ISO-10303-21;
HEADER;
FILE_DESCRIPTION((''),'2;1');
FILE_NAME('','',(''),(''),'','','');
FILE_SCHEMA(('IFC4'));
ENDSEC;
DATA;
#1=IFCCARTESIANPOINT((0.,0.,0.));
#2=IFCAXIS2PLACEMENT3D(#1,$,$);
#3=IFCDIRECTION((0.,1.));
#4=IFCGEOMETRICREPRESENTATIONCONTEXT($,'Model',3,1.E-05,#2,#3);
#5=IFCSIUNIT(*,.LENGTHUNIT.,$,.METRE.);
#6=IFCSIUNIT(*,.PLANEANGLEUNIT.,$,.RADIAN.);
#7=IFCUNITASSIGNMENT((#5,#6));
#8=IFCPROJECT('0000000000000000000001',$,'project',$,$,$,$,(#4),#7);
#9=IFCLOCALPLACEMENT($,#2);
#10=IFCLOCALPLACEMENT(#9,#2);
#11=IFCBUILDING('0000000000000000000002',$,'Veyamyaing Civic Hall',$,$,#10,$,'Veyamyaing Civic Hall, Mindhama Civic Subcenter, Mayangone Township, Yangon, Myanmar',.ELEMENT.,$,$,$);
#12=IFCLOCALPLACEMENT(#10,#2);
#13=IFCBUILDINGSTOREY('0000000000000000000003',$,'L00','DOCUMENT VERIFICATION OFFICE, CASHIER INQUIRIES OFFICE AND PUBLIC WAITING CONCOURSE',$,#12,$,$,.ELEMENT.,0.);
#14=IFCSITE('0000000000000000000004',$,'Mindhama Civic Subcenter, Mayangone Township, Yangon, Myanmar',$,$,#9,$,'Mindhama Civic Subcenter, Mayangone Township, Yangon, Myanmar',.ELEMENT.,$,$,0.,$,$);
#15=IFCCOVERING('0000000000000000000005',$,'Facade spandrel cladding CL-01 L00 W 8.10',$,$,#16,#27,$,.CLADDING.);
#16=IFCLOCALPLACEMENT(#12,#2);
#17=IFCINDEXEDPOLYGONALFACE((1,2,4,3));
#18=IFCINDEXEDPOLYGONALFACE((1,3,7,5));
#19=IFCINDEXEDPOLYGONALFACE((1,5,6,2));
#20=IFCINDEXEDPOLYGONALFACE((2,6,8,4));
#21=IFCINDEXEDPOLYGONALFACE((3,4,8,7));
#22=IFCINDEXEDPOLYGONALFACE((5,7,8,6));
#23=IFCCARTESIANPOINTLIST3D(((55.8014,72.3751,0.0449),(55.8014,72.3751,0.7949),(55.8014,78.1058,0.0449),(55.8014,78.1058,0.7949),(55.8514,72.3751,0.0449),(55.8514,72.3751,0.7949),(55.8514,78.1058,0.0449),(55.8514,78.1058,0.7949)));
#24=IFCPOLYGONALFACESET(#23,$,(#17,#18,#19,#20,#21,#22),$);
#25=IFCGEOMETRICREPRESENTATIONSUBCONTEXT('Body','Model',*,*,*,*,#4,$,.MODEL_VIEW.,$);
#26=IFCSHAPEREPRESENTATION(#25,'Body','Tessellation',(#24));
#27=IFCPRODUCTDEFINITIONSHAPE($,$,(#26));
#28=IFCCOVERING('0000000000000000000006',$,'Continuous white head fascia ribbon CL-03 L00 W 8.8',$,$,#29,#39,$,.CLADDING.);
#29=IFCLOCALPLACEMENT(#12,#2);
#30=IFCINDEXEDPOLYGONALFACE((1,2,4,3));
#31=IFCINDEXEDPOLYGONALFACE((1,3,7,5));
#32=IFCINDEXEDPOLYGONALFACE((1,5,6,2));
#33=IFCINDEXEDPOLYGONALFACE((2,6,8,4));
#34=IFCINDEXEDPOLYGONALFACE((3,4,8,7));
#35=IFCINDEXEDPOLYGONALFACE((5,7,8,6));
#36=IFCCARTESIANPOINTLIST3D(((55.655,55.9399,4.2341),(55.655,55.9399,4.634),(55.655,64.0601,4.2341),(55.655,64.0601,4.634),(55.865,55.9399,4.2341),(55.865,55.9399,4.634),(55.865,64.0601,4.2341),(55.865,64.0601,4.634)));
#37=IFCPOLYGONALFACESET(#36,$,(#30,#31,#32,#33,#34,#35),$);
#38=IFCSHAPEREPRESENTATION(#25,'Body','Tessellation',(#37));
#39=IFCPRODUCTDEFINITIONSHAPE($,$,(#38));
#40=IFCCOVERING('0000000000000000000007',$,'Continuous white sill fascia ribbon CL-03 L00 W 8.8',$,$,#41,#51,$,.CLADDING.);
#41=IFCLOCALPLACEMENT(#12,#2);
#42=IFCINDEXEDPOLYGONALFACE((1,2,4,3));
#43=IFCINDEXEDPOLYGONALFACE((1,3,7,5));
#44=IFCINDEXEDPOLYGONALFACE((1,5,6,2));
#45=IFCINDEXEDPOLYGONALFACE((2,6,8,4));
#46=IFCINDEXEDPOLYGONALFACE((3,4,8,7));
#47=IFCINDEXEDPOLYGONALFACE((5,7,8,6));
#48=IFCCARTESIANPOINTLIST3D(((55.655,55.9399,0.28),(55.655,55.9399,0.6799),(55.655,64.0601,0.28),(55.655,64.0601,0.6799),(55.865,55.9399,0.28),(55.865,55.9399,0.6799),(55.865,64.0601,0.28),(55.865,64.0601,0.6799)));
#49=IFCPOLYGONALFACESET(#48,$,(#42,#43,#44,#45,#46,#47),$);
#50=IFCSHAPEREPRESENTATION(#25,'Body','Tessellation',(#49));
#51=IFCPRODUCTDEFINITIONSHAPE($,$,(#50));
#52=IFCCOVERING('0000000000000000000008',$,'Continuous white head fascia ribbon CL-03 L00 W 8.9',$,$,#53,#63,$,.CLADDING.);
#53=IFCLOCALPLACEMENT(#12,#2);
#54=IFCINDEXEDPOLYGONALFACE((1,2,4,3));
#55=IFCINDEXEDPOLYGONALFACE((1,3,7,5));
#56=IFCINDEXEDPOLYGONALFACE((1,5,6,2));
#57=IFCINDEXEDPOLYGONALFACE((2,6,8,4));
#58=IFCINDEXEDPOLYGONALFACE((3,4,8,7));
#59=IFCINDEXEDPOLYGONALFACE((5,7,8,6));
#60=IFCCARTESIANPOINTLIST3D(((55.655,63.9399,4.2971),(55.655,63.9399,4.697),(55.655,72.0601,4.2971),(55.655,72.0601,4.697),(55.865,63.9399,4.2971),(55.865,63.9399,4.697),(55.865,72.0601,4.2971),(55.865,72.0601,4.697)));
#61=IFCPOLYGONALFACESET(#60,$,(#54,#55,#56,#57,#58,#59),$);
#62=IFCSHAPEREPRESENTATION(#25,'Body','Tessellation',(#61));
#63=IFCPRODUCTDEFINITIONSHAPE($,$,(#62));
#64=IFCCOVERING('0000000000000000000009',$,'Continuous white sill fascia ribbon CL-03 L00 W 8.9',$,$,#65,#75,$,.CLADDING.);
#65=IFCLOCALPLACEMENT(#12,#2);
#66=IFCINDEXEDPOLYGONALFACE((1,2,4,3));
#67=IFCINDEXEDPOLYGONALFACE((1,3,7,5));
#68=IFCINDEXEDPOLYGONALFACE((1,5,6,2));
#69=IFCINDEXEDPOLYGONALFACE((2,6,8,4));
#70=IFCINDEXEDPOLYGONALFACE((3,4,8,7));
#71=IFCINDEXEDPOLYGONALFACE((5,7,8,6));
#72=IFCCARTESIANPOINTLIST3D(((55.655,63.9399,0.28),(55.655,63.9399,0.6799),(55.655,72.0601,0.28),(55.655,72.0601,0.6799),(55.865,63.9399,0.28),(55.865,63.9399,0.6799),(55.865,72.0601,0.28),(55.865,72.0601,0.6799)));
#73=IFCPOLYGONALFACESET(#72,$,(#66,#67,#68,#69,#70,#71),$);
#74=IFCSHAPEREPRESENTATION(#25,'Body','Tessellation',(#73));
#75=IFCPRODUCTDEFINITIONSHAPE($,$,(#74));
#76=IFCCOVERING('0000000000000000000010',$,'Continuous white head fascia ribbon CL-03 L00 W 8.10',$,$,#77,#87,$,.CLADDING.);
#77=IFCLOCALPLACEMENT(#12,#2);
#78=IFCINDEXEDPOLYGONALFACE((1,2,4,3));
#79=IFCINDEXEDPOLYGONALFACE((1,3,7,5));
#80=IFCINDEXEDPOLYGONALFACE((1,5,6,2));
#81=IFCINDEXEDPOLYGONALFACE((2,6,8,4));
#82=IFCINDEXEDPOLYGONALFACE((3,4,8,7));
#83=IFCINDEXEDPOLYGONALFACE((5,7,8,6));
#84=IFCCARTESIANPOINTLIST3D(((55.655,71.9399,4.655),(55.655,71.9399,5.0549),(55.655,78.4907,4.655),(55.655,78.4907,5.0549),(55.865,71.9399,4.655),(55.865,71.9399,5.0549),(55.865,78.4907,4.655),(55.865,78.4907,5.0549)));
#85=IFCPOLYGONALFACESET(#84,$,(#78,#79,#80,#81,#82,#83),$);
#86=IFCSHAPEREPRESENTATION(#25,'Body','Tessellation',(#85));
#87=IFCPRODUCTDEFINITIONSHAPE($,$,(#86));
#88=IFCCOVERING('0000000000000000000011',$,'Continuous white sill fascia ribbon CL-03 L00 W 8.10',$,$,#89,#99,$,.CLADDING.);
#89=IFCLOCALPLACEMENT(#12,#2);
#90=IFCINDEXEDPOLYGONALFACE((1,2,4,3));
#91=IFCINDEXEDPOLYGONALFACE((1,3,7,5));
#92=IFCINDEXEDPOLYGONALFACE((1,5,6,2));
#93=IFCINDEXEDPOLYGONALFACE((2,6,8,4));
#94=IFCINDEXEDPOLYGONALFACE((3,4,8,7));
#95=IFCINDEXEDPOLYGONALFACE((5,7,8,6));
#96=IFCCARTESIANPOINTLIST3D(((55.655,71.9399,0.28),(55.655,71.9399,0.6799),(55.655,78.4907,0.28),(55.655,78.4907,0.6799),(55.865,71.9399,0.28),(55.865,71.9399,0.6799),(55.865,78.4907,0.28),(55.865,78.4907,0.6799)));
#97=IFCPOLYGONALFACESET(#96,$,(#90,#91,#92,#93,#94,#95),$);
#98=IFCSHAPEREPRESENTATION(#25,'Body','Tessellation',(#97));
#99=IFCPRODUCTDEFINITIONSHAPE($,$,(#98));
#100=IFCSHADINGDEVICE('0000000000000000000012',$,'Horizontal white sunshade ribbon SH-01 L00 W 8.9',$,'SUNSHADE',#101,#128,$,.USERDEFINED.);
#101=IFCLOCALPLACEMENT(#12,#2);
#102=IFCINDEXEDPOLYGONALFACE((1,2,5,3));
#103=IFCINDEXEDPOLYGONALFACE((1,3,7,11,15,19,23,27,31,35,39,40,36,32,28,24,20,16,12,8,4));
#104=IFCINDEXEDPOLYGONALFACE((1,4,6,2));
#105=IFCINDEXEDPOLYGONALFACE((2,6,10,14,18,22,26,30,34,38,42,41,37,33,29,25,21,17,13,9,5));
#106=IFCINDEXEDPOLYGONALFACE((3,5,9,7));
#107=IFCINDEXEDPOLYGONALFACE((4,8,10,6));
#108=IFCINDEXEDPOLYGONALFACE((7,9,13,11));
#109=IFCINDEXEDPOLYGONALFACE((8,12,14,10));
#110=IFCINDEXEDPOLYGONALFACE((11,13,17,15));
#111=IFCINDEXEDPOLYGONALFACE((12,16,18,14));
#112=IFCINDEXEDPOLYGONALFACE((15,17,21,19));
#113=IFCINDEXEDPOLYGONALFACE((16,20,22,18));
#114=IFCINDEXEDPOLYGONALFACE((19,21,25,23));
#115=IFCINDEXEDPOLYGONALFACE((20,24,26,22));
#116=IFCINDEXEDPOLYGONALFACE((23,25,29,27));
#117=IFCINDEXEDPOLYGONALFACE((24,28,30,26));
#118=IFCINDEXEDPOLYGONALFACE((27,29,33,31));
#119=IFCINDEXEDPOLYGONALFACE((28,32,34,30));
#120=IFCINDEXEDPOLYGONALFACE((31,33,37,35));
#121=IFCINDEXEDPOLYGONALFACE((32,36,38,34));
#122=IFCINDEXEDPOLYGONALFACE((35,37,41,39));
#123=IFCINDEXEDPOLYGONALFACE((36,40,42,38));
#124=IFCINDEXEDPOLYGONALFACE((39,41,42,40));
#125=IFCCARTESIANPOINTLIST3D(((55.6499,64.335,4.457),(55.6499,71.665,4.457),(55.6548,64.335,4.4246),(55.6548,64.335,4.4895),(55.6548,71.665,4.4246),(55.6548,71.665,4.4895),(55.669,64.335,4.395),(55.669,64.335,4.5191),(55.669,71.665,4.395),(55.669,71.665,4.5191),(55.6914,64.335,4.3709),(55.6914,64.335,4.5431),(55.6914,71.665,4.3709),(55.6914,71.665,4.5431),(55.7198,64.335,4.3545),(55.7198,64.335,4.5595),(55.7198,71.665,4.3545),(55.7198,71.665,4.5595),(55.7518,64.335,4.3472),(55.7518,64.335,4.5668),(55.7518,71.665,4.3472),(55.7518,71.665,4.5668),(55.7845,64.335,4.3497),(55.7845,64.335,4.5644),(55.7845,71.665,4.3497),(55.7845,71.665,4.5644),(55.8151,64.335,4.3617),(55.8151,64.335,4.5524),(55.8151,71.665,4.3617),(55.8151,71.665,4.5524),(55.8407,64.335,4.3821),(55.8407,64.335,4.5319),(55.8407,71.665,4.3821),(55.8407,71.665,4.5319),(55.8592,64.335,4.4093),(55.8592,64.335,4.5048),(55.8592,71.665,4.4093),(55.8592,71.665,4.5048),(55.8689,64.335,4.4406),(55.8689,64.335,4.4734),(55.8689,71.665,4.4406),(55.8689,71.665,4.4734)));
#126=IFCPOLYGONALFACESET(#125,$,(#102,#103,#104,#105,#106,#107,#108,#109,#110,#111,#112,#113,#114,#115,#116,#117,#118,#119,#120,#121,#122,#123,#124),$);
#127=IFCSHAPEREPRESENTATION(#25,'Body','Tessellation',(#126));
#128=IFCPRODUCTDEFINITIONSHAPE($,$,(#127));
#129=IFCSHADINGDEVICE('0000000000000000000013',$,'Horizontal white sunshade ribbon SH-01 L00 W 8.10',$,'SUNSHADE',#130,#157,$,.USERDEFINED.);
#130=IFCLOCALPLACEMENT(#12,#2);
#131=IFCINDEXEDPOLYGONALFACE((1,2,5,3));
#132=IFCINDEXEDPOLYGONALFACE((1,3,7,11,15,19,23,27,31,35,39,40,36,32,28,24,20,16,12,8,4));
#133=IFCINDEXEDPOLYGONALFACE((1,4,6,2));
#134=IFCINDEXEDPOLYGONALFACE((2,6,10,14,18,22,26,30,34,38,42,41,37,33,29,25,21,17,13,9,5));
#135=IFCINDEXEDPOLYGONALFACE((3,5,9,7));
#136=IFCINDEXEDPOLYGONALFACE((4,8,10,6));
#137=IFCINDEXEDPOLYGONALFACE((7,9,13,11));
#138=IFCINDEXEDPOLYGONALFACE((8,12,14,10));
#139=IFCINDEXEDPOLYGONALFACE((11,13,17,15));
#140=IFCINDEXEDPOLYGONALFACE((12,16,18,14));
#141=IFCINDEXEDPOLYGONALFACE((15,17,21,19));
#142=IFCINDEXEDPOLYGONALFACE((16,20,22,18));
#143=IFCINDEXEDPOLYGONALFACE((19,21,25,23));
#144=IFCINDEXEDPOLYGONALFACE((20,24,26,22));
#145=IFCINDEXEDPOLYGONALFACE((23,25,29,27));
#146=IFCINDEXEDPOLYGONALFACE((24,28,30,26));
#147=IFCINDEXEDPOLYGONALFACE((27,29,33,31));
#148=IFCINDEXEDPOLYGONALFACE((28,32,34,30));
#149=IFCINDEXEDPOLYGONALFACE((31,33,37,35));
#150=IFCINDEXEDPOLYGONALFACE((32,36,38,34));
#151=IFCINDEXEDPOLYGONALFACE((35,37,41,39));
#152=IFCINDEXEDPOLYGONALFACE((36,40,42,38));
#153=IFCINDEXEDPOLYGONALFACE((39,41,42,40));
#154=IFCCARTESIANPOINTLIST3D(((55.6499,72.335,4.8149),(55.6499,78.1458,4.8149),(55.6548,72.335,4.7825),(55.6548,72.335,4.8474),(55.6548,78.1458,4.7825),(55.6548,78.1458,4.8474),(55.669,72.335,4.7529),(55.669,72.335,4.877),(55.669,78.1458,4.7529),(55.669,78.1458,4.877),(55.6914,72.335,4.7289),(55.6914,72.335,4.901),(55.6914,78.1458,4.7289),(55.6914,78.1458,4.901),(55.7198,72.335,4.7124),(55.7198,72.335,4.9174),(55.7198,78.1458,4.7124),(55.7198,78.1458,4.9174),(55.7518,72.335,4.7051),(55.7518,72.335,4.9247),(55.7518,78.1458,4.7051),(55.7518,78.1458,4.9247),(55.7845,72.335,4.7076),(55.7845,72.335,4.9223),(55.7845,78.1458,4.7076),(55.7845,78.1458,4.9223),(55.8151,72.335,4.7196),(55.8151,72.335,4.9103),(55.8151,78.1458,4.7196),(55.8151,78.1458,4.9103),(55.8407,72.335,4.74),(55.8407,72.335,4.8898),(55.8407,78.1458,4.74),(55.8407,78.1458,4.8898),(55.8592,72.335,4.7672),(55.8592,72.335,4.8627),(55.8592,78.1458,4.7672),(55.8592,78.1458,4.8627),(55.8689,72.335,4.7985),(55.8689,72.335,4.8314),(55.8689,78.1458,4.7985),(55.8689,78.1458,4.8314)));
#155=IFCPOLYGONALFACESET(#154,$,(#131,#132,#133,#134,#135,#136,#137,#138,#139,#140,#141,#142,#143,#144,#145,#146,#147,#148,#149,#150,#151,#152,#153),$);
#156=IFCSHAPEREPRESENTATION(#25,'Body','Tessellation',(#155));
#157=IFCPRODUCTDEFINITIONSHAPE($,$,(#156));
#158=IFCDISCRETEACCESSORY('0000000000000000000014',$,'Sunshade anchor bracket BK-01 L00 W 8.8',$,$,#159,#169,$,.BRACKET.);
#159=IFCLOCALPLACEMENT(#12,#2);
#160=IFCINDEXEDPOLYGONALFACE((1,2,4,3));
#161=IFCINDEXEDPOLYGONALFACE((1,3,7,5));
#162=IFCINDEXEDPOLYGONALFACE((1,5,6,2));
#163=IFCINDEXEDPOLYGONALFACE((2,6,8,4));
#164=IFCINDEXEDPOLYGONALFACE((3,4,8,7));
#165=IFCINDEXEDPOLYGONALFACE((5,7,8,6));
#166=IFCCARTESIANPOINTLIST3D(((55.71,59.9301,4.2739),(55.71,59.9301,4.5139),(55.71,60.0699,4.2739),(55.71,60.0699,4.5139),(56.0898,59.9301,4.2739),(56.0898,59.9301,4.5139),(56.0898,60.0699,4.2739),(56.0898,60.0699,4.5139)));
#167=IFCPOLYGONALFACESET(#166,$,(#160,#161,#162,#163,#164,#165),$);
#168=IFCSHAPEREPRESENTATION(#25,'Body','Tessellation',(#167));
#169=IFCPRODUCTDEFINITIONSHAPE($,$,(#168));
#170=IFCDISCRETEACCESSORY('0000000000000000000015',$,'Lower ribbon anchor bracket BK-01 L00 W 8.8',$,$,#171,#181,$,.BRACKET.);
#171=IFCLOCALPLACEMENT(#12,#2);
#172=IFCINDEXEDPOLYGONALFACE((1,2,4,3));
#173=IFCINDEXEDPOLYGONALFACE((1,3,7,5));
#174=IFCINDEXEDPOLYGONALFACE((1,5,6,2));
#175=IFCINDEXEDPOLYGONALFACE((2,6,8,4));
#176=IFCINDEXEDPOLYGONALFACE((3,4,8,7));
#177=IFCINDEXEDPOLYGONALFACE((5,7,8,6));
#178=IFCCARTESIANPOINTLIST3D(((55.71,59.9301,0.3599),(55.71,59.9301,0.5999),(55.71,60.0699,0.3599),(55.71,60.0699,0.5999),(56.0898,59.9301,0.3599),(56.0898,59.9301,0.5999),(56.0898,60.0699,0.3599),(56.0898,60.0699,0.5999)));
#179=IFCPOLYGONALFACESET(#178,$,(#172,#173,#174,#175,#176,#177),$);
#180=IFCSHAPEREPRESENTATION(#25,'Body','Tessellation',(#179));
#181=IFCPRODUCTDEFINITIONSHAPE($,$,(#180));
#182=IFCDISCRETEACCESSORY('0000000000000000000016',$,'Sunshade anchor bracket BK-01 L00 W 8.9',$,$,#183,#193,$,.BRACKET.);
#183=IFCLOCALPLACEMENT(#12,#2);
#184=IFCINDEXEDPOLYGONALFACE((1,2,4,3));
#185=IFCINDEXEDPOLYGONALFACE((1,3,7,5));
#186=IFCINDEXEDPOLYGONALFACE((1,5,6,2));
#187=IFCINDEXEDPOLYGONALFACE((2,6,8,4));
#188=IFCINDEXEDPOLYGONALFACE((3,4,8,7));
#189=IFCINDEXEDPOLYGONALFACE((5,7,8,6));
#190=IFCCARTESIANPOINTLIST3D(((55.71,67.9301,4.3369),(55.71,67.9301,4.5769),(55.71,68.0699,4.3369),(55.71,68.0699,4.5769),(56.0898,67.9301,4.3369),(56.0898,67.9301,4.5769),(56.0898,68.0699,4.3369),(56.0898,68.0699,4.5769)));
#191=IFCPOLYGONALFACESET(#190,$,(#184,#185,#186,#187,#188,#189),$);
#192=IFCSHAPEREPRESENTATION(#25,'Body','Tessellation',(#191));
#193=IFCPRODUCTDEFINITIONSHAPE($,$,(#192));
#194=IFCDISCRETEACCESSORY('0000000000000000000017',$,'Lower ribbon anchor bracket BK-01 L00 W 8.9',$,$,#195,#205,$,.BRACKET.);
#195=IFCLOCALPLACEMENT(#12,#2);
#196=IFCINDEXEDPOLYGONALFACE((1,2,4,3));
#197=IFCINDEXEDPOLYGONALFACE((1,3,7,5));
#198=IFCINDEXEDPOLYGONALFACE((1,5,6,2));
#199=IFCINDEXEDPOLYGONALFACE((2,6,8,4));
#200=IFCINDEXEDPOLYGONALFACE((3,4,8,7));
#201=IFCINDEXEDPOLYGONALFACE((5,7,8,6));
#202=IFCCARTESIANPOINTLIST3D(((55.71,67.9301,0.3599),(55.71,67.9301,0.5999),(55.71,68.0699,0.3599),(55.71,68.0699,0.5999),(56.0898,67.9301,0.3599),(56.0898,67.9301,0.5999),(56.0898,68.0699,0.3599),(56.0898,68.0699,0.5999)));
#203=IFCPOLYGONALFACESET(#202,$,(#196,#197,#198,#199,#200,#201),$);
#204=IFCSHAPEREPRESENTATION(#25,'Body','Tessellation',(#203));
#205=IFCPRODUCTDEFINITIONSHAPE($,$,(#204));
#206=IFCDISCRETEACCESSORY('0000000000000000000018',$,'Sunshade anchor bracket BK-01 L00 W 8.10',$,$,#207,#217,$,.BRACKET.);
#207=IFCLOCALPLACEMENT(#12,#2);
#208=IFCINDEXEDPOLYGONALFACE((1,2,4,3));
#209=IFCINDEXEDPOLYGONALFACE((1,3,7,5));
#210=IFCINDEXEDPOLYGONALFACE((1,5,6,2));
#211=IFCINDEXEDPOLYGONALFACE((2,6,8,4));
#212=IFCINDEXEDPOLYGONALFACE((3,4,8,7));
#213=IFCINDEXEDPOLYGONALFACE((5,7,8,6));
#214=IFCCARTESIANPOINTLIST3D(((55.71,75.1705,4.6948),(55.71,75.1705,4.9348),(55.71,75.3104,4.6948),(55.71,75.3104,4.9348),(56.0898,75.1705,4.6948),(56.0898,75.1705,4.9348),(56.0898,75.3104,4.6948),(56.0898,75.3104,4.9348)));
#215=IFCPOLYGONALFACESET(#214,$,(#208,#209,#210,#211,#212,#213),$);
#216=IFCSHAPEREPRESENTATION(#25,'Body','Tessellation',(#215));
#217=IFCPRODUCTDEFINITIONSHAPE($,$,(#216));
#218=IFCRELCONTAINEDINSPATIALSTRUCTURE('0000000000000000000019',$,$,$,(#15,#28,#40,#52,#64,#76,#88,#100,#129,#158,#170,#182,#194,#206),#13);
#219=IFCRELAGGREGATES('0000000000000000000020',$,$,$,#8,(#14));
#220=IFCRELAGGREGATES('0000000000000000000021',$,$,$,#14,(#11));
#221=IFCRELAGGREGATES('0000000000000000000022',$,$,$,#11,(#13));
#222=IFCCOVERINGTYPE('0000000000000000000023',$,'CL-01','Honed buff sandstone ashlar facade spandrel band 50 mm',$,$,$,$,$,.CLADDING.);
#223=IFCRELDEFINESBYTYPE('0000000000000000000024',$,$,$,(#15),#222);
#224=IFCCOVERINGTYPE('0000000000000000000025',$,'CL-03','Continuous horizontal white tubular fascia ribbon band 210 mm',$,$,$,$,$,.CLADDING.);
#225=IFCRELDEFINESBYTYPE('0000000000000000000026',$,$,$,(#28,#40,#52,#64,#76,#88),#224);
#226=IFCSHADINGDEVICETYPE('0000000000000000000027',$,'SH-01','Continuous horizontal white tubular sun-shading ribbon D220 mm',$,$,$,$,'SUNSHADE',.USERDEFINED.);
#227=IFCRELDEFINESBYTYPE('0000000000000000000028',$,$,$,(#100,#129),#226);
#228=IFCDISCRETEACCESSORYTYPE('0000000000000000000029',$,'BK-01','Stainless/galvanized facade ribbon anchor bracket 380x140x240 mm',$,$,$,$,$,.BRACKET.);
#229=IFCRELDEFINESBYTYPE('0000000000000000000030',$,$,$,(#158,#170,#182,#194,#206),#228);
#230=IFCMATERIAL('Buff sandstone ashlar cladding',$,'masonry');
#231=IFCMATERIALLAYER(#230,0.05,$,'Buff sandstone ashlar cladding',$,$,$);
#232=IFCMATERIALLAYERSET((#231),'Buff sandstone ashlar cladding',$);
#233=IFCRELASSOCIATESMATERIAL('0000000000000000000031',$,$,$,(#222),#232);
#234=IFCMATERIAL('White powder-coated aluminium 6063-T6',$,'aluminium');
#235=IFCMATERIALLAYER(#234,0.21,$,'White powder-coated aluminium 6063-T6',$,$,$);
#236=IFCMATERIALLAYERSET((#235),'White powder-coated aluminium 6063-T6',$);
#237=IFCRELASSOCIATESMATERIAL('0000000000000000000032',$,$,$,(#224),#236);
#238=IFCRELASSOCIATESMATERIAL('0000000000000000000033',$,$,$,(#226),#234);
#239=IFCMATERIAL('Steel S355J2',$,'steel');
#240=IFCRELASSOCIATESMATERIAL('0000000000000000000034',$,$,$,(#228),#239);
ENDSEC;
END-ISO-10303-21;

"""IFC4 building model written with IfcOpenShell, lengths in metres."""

from ifc_helpers import new_model, si_unit, direction, frame, origin, origin_2d, place, context, subcontext, project, spatial, rectangle, circle, extrude, material, layer, layer_set, material_profile, profile_set, type_object, element, save


model = new_model("IFC4")

# Units and contexts
model_context = context("Model", 3, precision=1e-05, world=origin(), true_north=direction((0.0, 1.0)))
body_context = subcontext(model_context, "Body", "Model", "MODEL_VIEW")
ifc_project = project(units=[si_unit("LENGTHUNIT", "METRE"), si_unit("PLANEANGLEUNIT", "RADIAN")], contexts=[model_context])

# Site, building, storey
site_placement = place(None, origin())
site = spatial("IfcSite", under=ifc_project, at=site_placement, Name="Mindhama Civic Subcenter, Mayangone Township, Yangon, Myanmar", LongName="Mindhama Civic Subcenter, Mayangone Township, Yangon, Myanmar", CompositionType="ELEMENT", RefElevation=0.0)
building_placement = place(site_placement, origin())
building = spatial("IfcBuilding", under=site, at=building_placement, Name="Veyamyaing Civic Hall", LongName="Veyamyaing Civic Hall, Mindhama Civic Subcenter, Mayangone Township, Yangon, Myanmar", CompositionType="ELEMENT")
storey_placement = place(building_placement, origin())
storey = spatial("IfcBuildingStorey", under=building, at=storey_placement, Name="L00", Description="DOCUMENT VERIFICATION OFFICE, CASHIER INQUIRIES OFFICE AND PUBLIC WAITING CONCOURSE", CompositionType="ELEMENT", Elevation=0.0)

# Coverings
ifc_material_1 = material(Name="Buff sandstone ashlar cladding", Category="masonry")
ifc_layer_1 = layer(ifc_material_1, 0.05, Name="Buff sandstone ashlar cladding")
ifc_layer_set_1 = layer_set([ifc_layer_1], Name="Buff sandstone ashlar cladding")
covering_type_1 = type_object("IfcCoveringType", Name="CL-01", Description="Honed buff sandstone ashlar facade spandrel band 50 mm", PredefinedType="CLADDING", material=ifc_layer_set_1)
covering_1_placement = place(storey_placement, frame((55.8264, 75.2405, 0.0449), z_axis=(0.0, 0.0, 1.0), x_axis=(0.0, 1.0, 0.0)))
element("IfcCovering", 1, at=covering_1_placement, inside=storey, type_object=covering_type_1, Name="Facade spandrel cladding CL-01 L00 W 8.10", PredefinedType="CLADDING", context=body_context, shape_type="SweptSolid", body=[
    extrude(rectangle(XDim=5.7307, YDim=0.05, at=origin_2d()), origin(), (0.0, 0.0, 1.0), 0.75),
])
ifc_material_2 = material(Name="White powder-coated aluminium 6063-T6", Category="aluminium")
ifc_layer_2 = layer(ifc_material_2, 0.21, Name="White powder-coated aluminium 6063-T6")
ifc_layer_set_2 = layer_set([ifc_layer_2], Name="White powder-coated aluminium 6063-T6")
covering_type_2 = type_object("IfcCoveringType", Name="CL-03", Description="Continuous horizontal white tubular fascia ribbon band 210 mm", PredefinedType="CLADDING", material=ifc_layer_set_2)
for number, where, z_axis, x_axis, name in (
    (2, (55.76, 60.0, 4.2341), (0.0, 0.0, 1.0), (0.0, 1.0, 0.0), "Continuous white head fascia ribbon CL-03 L00 W 8.8"),
    (3, (55.76, 60.0, 0.28), (0.0, 0.0, 1.0), (0.0, 1.0, 0.0), "Continuous white sill fascia ribbon CL-03 L00 W 8.8"),
    (4, (55.76, 68.0, 4.2971), (0.0, 0.0, 1.0), (0.0, 1.0, 0.0), "Continuous white head fascia ribbon CL-03 L00 W 8.9"),
    (5, (55.76, 68.0, 0.28), (0.0, 0.0, 1.0), (0.0, 1.0, 0.0), "Continuous white sill fascia ribbon CL-03 L00 W 8.9"),
):
    element("IfcCovering", number, at=place(storey_placement, frame(where, z_axis=z_axis, x_axis=x_axis)), inside=storey, type_object=covering_type_2, Name=name, PredefinedType="CLADDING", context=body_context, shape_type="SweptSolid", body=[
        extrude(rectangle(XDim=8.1201, YDim=0.21, at=origin_2d()), origin(), (0.0, 0.0, 1.0), 0.3999),
    ])
for number, where, z_axis, x_axis, name in (
    (6, (55.76, 75.2153, 4.655), (0.0, 0.0, 1.0), (0.0, 1.0, 0.0), "Continuous white head fascia ribbon CL-03 L00 W 8.10"),
    (7, (55.76, 75.2153, 0.28), (0.0, 0.0, 1.0), (0.0, 1.0, 0.0), "Continuous white sill fascia ribbon CL-03 L00 W 8.10"),
):
    element("IfcCovering", number, at=place(storey_placement, frame(where, z_axis=z_axis, x_axis=x_axis)), inside=storey, type_object=covering_type_2, Name=name, PredefinedType="CLADDING", context=body_context, shape_type="SweptSolid", body=[
        extrude(rectangle(XDim=6.5508, YDim=0.21, at=origin_2d()), origin(), (0.0, 0.0, 1.0), 0.3999),
    ])

# Shading devices
ifc_material_profile_1 = material_profile(ifc_material_2, circle(Radius=0.1101, at=origin_2d()), Name="SHADE-TUBE-220")
ifc_profile_set_1 = profile_set([ifc_material_profile_1], Name="White powder-coated aluminium 6063-T6")
shading_device_type = type_object("IfcShadingDeviceType", Name="SH-01", Description="Continuous horizontal white tubular sun-shading ribbon D220 mm", ElementType="SUNSHADE", PredefinedType="USERDEFINED", material=ifc_profile_set_1)
shading_device_1_placement = place(storey_placement, frame((55.76, 64.335, 4.457), z_axis=(0.0, 1.0, 0.0), x_axis=(-1.0, 0.0, 0.0)))
element("IfcShadingDevice", 8, at=shading_device_1_placement, inside=storey, type_object=shading_device_type, Name="Horizontal white sunshade ribbon SH-01 L00 W 8.9", ObjectType="SUNSHADE", PredefinedType="USERDEFINED", context=body_context, shape_type="SweptSolid", body=[
    extrude(circle(Radius=0.1101, at=origin_2d()), origin(), (0.0, 0.0, 1.0), 7.3301),
])
shading_device_2_placement = place(storey_placement, frame((55.76, 72.335, 4.8149), z_axis=(0.0, 1.0, 0.0), x_axis=(-1.0, 0.0, 0.0)))
element("IfcShadingDevice", 9, at=shading_device_2_placement, inside=storey, type_object=shading_device_type, Name="Horizontal white sunshade ribbon SH-01 L00 W 8.10", ObjectType="SUNSHADE", PredefinedType="USERDEFINED", context=body_context, shape_type="SweptSolid", body=[
    extrude(circle(Radius=0.1101, at=origin_2d()), origin(), (0.0, 0.0, 1.0), 5.8108),
])

# Discrete accessories
ifc_material_3 = material(Name="Steel S355J2", Category="steel")
discrete_accessory_type = type_object("IfcDiscreteAccessoryType", Name="BK-01", Description="Stainless/galvanized facade ribbon anchor bracket 380x140x240 mm", PredefinedType="BRACKET", material=ifc_material_3)
for number, where, z_axis, x_axis, name in (
    (10, (55.8999, 60.0, 4.2739), (0.0, 0.0, 1.0), (-1.0, 0.0, 0.0), "Sunshade anchor bracket BK-01 L00 W 8.8"),
    (11, (55.8999, 60.0, 0.3599), (0.0, 0.0, 1.0), (-1.0, 0.0, 0.0), "Lower ribbon anchor bracket BK-01 L00 W 8.8"),
    (12, (55.8999, 68.0, 4.3369), (0.0, 0.0, 1.0), (-1.0, 0.0, 0.0), "Sunshade anchor bracket BK-01 L00 W 8.9"),
    (13, (55.8999, 68.0, 0.3599), (0.0, 0.0, 1.0), (-1.0, 0.0, 0.0), "Lower ribbon anchor bracket BK-01 L00 W 8.9"),
    (14, (55.8999, 75.2405, 4.6948), (0.0, 0.0, 1.0), (-1.0, 0.0, 0.0), "Sunshade anchor bracket BK-01 L00 W 8.10"),
):
    element("IfcDiscreteAccessory", number, at=place(storey_placement, frame(where, z_axis=z_axis, x_axis=x_axis)), inside=storey, type_object=discrete_accessory_type, Name=name, PredefinedType="BRACKET", context=body_context, shape_type="SweptSolid", body=[
        extrude(rectangle(XDim=0.3799, YDim=0.1399, at=origin_2d()), origin(), (0.0, 0.0, 1.0), 0.24),
    ])

save(model, "model.ifc")
